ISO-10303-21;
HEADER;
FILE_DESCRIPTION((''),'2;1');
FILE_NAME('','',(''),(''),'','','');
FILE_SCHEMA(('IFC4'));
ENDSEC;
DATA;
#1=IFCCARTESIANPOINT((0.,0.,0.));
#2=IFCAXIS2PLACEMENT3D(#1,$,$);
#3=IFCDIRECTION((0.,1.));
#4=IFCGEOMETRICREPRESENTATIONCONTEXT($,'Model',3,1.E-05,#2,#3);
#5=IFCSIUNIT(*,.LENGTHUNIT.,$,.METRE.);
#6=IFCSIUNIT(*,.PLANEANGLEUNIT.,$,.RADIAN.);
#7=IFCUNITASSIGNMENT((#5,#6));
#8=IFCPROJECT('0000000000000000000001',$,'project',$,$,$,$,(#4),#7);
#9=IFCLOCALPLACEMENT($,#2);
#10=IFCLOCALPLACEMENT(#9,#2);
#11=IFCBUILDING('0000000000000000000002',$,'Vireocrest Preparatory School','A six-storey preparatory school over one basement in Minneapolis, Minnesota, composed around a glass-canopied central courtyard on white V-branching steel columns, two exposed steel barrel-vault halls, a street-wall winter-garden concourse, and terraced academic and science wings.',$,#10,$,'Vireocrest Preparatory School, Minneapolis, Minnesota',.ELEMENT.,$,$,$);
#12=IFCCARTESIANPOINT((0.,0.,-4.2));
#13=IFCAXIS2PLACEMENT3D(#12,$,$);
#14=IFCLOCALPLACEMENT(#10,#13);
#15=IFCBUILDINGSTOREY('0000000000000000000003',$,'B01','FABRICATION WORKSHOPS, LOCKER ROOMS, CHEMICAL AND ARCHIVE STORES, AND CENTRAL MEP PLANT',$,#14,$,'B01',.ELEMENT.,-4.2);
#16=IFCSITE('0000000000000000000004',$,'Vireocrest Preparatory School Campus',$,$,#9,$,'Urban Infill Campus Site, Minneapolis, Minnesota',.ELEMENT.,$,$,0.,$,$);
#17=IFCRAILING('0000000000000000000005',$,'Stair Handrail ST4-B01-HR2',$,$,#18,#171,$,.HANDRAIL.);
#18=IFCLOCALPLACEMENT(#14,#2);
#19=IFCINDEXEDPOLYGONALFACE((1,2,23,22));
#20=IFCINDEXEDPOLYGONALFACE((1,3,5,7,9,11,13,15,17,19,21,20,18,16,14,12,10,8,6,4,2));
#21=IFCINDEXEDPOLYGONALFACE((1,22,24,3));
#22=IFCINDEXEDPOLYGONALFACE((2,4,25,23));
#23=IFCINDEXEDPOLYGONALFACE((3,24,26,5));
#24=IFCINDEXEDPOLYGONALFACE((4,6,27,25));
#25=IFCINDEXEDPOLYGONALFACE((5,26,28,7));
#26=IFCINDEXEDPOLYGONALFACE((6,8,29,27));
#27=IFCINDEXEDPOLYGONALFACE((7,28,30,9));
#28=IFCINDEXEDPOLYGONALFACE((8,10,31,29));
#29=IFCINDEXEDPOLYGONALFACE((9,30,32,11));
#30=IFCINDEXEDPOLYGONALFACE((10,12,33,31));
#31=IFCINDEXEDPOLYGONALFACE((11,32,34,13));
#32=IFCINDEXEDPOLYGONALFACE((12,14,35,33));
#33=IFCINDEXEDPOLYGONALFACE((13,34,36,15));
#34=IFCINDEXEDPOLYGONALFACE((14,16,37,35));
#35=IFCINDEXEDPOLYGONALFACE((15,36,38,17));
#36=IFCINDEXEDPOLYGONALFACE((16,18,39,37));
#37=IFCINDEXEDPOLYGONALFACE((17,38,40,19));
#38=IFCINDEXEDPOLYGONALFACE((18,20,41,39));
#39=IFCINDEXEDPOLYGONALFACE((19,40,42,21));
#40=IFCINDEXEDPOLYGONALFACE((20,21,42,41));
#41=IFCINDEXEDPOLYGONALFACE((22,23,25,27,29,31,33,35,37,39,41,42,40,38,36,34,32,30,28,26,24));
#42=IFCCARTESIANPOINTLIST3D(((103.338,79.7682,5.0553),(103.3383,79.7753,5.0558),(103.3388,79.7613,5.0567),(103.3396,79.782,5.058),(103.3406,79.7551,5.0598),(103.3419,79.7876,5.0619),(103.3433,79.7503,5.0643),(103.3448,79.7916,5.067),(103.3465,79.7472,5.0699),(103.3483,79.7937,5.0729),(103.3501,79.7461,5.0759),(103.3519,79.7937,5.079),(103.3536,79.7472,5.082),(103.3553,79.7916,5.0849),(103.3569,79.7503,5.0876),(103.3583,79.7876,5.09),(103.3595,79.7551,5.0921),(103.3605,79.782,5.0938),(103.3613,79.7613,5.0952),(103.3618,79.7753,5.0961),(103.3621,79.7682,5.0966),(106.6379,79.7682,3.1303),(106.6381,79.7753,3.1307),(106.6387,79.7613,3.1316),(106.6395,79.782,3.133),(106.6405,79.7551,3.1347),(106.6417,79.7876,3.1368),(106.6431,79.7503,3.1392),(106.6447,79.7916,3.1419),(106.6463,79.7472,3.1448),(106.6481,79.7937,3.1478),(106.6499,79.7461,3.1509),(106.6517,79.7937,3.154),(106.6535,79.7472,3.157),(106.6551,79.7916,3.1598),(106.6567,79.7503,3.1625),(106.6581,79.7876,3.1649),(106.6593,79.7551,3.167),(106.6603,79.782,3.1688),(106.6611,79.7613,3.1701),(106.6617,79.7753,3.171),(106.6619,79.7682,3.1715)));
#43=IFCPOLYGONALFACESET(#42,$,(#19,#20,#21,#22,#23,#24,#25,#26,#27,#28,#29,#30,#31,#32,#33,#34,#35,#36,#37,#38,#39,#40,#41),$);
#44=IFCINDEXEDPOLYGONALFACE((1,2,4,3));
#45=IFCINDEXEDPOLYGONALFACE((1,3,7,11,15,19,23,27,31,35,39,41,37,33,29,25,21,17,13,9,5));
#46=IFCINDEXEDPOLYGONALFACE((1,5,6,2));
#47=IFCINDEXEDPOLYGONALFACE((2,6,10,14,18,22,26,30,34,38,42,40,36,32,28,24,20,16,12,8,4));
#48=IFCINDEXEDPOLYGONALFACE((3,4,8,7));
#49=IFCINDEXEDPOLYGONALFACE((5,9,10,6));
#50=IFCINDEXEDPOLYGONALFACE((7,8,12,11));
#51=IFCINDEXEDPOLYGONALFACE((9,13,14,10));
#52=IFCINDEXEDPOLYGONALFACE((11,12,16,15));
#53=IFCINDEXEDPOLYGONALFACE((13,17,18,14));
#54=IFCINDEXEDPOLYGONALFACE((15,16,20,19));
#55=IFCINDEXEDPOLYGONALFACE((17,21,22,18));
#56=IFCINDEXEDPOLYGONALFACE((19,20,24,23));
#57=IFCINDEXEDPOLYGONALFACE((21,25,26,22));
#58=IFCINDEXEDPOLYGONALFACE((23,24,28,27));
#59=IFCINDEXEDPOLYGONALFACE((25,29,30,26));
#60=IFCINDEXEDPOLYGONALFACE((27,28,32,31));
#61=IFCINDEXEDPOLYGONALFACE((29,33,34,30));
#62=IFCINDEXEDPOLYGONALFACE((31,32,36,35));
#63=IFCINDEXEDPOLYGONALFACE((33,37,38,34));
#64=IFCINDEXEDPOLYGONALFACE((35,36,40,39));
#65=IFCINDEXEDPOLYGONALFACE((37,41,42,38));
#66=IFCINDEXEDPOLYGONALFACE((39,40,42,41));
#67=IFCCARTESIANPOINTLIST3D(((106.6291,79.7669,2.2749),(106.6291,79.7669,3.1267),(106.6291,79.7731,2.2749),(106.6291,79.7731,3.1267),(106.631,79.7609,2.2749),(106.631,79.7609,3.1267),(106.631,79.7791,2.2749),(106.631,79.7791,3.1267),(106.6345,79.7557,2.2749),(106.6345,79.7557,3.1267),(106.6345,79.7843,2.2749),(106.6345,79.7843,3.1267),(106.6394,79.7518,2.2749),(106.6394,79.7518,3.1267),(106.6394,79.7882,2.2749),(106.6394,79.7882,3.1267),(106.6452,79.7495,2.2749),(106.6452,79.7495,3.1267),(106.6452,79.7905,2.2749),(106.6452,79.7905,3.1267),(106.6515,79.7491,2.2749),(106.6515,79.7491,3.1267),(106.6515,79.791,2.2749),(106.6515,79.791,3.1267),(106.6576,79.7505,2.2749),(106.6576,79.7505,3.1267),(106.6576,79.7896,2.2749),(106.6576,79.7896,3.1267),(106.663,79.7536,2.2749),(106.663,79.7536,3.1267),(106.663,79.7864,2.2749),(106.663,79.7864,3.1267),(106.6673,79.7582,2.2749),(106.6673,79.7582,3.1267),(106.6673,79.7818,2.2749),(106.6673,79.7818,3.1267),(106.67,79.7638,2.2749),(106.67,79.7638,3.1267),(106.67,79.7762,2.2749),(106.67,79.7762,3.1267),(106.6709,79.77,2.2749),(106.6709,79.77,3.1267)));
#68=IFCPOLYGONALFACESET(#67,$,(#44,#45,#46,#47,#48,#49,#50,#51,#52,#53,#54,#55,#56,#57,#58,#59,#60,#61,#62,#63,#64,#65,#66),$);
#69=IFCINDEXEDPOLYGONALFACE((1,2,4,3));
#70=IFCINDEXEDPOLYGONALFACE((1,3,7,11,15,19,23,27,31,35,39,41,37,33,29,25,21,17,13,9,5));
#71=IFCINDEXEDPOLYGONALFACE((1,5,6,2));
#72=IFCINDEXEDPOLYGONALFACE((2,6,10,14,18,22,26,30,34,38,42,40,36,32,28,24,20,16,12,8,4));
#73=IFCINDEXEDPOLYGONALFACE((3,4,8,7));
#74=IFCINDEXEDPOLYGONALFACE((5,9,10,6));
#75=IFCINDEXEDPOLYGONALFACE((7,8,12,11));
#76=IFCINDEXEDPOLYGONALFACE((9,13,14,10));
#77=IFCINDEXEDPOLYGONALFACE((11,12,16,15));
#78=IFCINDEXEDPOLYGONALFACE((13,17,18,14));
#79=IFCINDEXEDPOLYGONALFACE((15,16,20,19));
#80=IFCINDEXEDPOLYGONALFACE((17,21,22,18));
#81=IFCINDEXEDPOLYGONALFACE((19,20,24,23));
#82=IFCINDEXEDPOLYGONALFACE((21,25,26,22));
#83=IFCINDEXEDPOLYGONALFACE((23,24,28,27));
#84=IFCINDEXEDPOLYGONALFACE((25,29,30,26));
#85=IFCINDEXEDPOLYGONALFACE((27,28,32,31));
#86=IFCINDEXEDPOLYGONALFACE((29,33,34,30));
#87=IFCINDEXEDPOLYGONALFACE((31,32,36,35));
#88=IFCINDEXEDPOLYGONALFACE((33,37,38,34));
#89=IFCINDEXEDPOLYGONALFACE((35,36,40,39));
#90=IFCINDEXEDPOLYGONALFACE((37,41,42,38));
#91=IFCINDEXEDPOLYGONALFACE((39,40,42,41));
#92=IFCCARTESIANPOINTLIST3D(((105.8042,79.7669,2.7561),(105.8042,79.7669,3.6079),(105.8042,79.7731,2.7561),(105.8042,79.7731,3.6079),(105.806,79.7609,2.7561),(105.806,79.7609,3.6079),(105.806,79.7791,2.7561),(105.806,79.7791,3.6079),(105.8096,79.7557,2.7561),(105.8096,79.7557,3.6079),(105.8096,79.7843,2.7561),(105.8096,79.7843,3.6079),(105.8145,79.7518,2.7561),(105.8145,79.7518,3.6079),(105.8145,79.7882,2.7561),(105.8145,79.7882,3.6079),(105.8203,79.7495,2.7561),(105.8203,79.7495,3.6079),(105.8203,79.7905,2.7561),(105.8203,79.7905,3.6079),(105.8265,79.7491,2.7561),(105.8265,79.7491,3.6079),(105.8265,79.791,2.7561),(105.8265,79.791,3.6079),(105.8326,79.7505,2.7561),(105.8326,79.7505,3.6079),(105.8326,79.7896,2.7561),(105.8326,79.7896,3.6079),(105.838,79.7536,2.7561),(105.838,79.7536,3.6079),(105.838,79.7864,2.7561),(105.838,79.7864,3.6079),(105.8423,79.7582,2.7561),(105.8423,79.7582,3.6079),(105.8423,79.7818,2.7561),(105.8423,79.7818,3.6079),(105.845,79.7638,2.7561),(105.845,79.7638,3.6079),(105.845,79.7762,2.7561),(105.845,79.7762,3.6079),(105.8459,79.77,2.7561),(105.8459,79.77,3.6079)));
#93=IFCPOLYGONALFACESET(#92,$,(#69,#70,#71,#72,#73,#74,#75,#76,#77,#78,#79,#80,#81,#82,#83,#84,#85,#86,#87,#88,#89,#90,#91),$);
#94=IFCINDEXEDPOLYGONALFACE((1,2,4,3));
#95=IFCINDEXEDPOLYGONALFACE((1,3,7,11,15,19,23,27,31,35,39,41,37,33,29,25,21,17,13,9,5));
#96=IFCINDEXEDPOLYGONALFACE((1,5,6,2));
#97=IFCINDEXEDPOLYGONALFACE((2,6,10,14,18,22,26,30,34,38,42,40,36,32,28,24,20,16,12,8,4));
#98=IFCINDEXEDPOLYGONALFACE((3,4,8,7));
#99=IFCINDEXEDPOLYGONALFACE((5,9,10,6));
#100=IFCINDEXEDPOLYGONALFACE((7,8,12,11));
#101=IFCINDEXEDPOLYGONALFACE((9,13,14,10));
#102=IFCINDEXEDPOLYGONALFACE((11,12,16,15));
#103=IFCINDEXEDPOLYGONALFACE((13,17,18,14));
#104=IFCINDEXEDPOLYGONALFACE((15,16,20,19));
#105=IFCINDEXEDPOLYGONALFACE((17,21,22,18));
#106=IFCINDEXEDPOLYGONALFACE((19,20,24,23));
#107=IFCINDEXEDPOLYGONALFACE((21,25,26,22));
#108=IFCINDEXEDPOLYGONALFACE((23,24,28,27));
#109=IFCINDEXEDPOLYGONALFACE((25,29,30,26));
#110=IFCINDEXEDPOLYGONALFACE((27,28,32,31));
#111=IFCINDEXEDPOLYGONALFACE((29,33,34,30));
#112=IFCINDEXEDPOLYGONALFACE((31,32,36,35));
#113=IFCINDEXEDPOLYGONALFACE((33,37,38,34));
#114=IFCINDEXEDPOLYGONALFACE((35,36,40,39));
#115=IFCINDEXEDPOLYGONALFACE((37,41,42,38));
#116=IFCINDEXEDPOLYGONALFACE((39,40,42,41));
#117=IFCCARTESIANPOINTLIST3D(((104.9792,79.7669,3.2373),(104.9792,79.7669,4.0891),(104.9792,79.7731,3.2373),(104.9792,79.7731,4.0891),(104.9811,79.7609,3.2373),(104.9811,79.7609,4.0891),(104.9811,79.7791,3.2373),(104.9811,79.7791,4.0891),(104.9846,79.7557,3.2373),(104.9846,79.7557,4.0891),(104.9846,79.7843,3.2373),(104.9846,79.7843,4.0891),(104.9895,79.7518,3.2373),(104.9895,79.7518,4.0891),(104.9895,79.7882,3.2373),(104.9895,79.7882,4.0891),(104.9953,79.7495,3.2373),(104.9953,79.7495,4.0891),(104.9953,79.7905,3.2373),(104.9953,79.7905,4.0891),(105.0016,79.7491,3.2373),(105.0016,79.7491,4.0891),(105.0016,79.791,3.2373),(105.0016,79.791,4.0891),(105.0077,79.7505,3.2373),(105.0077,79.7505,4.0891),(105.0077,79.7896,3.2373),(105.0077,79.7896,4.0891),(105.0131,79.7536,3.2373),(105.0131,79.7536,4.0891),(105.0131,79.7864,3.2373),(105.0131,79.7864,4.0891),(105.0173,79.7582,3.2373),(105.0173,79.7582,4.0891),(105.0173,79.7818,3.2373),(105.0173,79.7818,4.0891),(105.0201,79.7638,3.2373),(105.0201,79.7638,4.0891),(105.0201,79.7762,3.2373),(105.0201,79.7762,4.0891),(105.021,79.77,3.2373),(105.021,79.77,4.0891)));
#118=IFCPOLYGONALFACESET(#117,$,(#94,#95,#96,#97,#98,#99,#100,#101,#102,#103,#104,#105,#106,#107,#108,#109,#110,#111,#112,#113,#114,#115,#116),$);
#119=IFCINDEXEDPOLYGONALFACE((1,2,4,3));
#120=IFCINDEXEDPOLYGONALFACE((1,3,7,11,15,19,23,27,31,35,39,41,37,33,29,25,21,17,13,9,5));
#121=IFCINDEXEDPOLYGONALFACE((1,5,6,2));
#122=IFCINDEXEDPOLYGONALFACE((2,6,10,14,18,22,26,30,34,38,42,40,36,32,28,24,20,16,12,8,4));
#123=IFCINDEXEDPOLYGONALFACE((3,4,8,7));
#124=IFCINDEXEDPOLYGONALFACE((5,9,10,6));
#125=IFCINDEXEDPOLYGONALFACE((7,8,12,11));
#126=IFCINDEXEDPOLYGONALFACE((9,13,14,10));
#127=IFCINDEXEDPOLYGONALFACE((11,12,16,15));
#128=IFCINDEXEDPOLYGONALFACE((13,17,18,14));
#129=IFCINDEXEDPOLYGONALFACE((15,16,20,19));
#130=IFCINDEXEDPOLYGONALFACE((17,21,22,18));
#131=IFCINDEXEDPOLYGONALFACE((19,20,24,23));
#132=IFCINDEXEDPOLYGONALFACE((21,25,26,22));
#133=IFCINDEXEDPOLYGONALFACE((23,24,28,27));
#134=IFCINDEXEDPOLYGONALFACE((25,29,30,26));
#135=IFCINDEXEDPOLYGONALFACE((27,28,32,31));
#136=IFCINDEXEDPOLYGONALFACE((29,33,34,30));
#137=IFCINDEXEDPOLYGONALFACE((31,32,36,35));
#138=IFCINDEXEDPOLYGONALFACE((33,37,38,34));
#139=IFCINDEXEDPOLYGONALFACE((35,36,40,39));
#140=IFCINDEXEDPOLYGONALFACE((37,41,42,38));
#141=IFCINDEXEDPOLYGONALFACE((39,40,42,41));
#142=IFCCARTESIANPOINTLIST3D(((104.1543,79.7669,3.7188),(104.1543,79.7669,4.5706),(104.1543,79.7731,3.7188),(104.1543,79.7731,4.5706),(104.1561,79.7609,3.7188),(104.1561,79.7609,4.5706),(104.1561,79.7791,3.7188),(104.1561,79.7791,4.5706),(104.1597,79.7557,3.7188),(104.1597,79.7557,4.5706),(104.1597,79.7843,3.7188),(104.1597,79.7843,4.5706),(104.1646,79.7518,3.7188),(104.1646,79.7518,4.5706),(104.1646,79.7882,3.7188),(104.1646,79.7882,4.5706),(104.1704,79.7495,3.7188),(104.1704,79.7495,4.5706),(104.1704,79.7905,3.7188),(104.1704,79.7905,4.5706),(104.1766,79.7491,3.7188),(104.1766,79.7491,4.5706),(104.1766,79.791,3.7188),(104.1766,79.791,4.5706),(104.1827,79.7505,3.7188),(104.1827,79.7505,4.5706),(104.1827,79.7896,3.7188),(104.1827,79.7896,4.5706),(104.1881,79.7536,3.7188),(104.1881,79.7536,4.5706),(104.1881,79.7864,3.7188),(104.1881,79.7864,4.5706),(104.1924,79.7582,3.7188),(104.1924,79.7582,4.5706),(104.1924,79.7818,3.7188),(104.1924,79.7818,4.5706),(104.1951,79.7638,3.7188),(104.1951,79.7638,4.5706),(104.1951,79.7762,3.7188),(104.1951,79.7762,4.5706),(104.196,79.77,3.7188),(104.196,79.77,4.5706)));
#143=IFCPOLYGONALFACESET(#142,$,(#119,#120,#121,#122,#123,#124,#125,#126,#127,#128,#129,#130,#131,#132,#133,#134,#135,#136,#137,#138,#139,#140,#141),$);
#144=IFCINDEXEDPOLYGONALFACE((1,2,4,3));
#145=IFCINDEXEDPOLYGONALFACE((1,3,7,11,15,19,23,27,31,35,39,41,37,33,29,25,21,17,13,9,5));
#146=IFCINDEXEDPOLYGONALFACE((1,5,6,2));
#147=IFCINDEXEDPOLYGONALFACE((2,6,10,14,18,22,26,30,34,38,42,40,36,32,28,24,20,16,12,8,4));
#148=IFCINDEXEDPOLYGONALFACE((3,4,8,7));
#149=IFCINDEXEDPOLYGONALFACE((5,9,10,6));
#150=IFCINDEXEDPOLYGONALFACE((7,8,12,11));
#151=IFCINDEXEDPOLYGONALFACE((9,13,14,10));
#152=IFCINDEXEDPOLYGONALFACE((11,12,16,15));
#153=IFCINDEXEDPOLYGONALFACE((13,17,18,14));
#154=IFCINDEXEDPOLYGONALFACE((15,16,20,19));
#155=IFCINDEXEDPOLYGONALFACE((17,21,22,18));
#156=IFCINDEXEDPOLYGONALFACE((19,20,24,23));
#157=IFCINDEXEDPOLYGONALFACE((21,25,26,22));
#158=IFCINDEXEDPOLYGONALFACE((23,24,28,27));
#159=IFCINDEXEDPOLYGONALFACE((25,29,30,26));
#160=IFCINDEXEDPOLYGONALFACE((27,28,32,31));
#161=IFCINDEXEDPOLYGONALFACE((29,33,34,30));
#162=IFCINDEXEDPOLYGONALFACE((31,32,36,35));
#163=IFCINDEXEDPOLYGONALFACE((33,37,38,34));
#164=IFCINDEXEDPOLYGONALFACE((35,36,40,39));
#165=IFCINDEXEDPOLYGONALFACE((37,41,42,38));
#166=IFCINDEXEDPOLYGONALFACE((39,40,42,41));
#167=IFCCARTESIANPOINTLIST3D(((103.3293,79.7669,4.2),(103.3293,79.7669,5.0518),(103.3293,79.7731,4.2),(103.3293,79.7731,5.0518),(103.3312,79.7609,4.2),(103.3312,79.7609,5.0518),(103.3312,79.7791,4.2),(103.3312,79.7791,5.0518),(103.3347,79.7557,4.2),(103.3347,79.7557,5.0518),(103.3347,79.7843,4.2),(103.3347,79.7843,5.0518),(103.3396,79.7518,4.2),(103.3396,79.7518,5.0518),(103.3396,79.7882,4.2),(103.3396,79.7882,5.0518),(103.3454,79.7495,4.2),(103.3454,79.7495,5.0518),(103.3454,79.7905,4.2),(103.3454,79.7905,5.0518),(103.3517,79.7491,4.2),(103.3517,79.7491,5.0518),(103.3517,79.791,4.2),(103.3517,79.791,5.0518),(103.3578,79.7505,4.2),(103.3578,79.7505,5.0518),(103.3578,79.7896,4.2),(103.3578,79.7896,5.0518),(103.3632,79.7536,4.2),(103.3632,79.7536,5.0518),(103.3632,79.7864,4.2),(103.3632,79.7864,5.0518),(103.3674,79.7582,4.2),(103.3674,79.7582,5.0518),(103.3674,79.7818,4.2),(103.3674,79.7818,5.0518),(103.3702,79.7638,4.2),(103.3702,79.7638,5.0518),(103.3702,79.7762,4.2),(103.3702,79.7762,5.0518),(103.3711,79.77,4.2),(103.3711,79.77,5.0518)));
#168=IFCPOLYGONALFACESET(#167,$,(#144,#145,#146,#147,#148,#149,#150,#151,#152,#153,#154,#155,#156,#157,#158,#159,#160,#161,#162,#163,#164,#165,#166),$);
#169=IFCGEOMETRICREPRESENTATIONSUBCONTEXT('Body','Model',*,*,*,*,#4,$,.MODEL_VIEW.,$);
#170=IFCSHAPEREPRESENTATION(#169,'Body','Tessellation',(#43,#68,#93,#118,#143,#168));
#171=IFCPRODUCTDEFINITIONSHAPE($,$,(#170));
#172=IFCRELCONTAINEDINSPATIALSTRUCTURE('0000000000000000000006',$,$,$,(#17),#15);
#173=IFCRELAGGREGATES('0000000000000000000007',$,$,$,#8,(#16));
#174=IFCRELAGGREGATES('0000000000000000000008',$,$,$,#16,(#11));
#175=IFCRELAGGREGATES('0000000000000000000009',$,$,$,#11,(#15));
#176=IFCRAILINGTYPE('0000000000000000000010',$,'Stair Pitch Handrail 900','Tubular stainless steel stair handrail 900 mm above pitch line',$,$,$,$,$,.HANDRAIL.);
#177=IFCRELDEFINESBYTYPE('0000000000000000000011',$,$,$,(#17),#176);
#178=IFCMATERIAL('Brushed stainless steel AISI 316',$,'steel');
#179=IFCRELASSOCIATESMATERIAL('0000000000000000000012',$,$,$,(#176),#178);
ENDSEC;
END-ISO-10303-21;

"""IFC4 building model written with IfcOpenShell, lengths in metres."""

from ifc_helpers import new_model, si_unit, direction, frame, origin, origin_2d, place, context, subcontext, project, spatial, circle, extrude, material, type_object, element, save


model = new_model("IFC4")

# Units and contexts
model_context = context("Model", 3, precision=1e-05, world=origin(), true_north=direction((0.0, 1.0)))
body_context = subcontext(model_context, "Body", "Model", "MODEL_VIEW")
ifc_project = project(units=[si_unit("LENGTHUNIT", "METRE"), si_unit("PLANEANGLEUNIT", "RADIAN")], contexts=[model_context])

# Site, building, storey
site_placement = place(None, origin())
site = spatial("IfcSite", under=ifc_project, at=site_placement, Name="Vireocrest Preparatory School Campus", LongName="Urban Infill Campus Site, Minneapolis, Minnesota", CompositionType="ELEMENT", RefElevation=0.0)
building_placement = place(site_placement, origin())
building = spatial("IfcBuilding", under=site, at=building_placement, Name="Vireocrest Preparatory School", Description="A six-storey preparatory school over one basement in Minneapolis, Minnesota, composed around a glass-canopied central courtyard on white V-branching steel columns, two exposed steel barrel-vault halls, a street-wall winter-garden concourse, and terraced academic and science wings.", LongName="Vireocrest Preparatory School, Minneapolis, Minnesota", CompositionType="ELEMENT")
storey_placement = place(building_placement, frame((0.0, 0.0, -4.2)))
storey = spatial("IfcBuildingStorey", under=building, at=storey_placement, Name="B01", Description="FABRICATION WORKSHOPS, LOCKER ROOMS, CHEMICAL AND ARCHIVE STORES, AND CENTRAL MEP PLANT", LongName="B01", CompositionType="ELEMENT", Elevation=-4.2)

# Railing
ifc_material_1 = material(Name="Brushed stainless steel AISI 316", Category="steel")
railing_type_1 = type_object("IfcRailingType", Name="Stair Pitch Handrail 900", Description="Tubular stainless steel stair handrail 900 mm above pitch line", PredefinedType="HANDRAIL", material=ifc_material_1)
railing_1_placement = place(storey_placement, frame((106.6499, 79.77, 2.2749)))
element("IfcRailing", 1, at=railing_1_placement, inside=storey, type_object=railing_type_1, Name="Stair Handrail ST4-B01-HR2", PredefinedType="HANDRAIL", context=body_context, shape_type="SweptSolid", body=[
    extrude(circle(Radius=0.0239, at=origin_2d()), frame((0.0, 0.0, 0.876), z_axis=(-0.86376, 0.0, 0.503903), x_axis=(0.0, -1.0, 0.0)), (0.0, 0.0, 1.0), 3.8203),
    extrude(circle(Radius=0.021, at=origin_2d()), origin(), (0.0, 0.0, 1.0), 0.8518),
    extrude(circle(Radius=0.021, at=origin_2d()), frame((-0.825, 0.0, 0.4812)), (0.0, 0.0, 1.0), 0.8518),
    extrude(circle(Radius=0.021, at=origin_2d()), frame((-1.6499, 0.0, 0.9624)), (0.0, 0.0, 1.0), 0.8518),
    extrude(circle(Radius=0.021, at=origin_2d()), frame((-2.4749, 0.0, 1.4438)), (0.0, 0.0, 1.0), 0.8518),
    extrude(circle(Radius=0.021, at=origin_2d()), frame((-3.2998, 0.0, 1.925)), (0.0, 0.0, 1.0), 0.8518),
])

save(model, "model.ifc")
